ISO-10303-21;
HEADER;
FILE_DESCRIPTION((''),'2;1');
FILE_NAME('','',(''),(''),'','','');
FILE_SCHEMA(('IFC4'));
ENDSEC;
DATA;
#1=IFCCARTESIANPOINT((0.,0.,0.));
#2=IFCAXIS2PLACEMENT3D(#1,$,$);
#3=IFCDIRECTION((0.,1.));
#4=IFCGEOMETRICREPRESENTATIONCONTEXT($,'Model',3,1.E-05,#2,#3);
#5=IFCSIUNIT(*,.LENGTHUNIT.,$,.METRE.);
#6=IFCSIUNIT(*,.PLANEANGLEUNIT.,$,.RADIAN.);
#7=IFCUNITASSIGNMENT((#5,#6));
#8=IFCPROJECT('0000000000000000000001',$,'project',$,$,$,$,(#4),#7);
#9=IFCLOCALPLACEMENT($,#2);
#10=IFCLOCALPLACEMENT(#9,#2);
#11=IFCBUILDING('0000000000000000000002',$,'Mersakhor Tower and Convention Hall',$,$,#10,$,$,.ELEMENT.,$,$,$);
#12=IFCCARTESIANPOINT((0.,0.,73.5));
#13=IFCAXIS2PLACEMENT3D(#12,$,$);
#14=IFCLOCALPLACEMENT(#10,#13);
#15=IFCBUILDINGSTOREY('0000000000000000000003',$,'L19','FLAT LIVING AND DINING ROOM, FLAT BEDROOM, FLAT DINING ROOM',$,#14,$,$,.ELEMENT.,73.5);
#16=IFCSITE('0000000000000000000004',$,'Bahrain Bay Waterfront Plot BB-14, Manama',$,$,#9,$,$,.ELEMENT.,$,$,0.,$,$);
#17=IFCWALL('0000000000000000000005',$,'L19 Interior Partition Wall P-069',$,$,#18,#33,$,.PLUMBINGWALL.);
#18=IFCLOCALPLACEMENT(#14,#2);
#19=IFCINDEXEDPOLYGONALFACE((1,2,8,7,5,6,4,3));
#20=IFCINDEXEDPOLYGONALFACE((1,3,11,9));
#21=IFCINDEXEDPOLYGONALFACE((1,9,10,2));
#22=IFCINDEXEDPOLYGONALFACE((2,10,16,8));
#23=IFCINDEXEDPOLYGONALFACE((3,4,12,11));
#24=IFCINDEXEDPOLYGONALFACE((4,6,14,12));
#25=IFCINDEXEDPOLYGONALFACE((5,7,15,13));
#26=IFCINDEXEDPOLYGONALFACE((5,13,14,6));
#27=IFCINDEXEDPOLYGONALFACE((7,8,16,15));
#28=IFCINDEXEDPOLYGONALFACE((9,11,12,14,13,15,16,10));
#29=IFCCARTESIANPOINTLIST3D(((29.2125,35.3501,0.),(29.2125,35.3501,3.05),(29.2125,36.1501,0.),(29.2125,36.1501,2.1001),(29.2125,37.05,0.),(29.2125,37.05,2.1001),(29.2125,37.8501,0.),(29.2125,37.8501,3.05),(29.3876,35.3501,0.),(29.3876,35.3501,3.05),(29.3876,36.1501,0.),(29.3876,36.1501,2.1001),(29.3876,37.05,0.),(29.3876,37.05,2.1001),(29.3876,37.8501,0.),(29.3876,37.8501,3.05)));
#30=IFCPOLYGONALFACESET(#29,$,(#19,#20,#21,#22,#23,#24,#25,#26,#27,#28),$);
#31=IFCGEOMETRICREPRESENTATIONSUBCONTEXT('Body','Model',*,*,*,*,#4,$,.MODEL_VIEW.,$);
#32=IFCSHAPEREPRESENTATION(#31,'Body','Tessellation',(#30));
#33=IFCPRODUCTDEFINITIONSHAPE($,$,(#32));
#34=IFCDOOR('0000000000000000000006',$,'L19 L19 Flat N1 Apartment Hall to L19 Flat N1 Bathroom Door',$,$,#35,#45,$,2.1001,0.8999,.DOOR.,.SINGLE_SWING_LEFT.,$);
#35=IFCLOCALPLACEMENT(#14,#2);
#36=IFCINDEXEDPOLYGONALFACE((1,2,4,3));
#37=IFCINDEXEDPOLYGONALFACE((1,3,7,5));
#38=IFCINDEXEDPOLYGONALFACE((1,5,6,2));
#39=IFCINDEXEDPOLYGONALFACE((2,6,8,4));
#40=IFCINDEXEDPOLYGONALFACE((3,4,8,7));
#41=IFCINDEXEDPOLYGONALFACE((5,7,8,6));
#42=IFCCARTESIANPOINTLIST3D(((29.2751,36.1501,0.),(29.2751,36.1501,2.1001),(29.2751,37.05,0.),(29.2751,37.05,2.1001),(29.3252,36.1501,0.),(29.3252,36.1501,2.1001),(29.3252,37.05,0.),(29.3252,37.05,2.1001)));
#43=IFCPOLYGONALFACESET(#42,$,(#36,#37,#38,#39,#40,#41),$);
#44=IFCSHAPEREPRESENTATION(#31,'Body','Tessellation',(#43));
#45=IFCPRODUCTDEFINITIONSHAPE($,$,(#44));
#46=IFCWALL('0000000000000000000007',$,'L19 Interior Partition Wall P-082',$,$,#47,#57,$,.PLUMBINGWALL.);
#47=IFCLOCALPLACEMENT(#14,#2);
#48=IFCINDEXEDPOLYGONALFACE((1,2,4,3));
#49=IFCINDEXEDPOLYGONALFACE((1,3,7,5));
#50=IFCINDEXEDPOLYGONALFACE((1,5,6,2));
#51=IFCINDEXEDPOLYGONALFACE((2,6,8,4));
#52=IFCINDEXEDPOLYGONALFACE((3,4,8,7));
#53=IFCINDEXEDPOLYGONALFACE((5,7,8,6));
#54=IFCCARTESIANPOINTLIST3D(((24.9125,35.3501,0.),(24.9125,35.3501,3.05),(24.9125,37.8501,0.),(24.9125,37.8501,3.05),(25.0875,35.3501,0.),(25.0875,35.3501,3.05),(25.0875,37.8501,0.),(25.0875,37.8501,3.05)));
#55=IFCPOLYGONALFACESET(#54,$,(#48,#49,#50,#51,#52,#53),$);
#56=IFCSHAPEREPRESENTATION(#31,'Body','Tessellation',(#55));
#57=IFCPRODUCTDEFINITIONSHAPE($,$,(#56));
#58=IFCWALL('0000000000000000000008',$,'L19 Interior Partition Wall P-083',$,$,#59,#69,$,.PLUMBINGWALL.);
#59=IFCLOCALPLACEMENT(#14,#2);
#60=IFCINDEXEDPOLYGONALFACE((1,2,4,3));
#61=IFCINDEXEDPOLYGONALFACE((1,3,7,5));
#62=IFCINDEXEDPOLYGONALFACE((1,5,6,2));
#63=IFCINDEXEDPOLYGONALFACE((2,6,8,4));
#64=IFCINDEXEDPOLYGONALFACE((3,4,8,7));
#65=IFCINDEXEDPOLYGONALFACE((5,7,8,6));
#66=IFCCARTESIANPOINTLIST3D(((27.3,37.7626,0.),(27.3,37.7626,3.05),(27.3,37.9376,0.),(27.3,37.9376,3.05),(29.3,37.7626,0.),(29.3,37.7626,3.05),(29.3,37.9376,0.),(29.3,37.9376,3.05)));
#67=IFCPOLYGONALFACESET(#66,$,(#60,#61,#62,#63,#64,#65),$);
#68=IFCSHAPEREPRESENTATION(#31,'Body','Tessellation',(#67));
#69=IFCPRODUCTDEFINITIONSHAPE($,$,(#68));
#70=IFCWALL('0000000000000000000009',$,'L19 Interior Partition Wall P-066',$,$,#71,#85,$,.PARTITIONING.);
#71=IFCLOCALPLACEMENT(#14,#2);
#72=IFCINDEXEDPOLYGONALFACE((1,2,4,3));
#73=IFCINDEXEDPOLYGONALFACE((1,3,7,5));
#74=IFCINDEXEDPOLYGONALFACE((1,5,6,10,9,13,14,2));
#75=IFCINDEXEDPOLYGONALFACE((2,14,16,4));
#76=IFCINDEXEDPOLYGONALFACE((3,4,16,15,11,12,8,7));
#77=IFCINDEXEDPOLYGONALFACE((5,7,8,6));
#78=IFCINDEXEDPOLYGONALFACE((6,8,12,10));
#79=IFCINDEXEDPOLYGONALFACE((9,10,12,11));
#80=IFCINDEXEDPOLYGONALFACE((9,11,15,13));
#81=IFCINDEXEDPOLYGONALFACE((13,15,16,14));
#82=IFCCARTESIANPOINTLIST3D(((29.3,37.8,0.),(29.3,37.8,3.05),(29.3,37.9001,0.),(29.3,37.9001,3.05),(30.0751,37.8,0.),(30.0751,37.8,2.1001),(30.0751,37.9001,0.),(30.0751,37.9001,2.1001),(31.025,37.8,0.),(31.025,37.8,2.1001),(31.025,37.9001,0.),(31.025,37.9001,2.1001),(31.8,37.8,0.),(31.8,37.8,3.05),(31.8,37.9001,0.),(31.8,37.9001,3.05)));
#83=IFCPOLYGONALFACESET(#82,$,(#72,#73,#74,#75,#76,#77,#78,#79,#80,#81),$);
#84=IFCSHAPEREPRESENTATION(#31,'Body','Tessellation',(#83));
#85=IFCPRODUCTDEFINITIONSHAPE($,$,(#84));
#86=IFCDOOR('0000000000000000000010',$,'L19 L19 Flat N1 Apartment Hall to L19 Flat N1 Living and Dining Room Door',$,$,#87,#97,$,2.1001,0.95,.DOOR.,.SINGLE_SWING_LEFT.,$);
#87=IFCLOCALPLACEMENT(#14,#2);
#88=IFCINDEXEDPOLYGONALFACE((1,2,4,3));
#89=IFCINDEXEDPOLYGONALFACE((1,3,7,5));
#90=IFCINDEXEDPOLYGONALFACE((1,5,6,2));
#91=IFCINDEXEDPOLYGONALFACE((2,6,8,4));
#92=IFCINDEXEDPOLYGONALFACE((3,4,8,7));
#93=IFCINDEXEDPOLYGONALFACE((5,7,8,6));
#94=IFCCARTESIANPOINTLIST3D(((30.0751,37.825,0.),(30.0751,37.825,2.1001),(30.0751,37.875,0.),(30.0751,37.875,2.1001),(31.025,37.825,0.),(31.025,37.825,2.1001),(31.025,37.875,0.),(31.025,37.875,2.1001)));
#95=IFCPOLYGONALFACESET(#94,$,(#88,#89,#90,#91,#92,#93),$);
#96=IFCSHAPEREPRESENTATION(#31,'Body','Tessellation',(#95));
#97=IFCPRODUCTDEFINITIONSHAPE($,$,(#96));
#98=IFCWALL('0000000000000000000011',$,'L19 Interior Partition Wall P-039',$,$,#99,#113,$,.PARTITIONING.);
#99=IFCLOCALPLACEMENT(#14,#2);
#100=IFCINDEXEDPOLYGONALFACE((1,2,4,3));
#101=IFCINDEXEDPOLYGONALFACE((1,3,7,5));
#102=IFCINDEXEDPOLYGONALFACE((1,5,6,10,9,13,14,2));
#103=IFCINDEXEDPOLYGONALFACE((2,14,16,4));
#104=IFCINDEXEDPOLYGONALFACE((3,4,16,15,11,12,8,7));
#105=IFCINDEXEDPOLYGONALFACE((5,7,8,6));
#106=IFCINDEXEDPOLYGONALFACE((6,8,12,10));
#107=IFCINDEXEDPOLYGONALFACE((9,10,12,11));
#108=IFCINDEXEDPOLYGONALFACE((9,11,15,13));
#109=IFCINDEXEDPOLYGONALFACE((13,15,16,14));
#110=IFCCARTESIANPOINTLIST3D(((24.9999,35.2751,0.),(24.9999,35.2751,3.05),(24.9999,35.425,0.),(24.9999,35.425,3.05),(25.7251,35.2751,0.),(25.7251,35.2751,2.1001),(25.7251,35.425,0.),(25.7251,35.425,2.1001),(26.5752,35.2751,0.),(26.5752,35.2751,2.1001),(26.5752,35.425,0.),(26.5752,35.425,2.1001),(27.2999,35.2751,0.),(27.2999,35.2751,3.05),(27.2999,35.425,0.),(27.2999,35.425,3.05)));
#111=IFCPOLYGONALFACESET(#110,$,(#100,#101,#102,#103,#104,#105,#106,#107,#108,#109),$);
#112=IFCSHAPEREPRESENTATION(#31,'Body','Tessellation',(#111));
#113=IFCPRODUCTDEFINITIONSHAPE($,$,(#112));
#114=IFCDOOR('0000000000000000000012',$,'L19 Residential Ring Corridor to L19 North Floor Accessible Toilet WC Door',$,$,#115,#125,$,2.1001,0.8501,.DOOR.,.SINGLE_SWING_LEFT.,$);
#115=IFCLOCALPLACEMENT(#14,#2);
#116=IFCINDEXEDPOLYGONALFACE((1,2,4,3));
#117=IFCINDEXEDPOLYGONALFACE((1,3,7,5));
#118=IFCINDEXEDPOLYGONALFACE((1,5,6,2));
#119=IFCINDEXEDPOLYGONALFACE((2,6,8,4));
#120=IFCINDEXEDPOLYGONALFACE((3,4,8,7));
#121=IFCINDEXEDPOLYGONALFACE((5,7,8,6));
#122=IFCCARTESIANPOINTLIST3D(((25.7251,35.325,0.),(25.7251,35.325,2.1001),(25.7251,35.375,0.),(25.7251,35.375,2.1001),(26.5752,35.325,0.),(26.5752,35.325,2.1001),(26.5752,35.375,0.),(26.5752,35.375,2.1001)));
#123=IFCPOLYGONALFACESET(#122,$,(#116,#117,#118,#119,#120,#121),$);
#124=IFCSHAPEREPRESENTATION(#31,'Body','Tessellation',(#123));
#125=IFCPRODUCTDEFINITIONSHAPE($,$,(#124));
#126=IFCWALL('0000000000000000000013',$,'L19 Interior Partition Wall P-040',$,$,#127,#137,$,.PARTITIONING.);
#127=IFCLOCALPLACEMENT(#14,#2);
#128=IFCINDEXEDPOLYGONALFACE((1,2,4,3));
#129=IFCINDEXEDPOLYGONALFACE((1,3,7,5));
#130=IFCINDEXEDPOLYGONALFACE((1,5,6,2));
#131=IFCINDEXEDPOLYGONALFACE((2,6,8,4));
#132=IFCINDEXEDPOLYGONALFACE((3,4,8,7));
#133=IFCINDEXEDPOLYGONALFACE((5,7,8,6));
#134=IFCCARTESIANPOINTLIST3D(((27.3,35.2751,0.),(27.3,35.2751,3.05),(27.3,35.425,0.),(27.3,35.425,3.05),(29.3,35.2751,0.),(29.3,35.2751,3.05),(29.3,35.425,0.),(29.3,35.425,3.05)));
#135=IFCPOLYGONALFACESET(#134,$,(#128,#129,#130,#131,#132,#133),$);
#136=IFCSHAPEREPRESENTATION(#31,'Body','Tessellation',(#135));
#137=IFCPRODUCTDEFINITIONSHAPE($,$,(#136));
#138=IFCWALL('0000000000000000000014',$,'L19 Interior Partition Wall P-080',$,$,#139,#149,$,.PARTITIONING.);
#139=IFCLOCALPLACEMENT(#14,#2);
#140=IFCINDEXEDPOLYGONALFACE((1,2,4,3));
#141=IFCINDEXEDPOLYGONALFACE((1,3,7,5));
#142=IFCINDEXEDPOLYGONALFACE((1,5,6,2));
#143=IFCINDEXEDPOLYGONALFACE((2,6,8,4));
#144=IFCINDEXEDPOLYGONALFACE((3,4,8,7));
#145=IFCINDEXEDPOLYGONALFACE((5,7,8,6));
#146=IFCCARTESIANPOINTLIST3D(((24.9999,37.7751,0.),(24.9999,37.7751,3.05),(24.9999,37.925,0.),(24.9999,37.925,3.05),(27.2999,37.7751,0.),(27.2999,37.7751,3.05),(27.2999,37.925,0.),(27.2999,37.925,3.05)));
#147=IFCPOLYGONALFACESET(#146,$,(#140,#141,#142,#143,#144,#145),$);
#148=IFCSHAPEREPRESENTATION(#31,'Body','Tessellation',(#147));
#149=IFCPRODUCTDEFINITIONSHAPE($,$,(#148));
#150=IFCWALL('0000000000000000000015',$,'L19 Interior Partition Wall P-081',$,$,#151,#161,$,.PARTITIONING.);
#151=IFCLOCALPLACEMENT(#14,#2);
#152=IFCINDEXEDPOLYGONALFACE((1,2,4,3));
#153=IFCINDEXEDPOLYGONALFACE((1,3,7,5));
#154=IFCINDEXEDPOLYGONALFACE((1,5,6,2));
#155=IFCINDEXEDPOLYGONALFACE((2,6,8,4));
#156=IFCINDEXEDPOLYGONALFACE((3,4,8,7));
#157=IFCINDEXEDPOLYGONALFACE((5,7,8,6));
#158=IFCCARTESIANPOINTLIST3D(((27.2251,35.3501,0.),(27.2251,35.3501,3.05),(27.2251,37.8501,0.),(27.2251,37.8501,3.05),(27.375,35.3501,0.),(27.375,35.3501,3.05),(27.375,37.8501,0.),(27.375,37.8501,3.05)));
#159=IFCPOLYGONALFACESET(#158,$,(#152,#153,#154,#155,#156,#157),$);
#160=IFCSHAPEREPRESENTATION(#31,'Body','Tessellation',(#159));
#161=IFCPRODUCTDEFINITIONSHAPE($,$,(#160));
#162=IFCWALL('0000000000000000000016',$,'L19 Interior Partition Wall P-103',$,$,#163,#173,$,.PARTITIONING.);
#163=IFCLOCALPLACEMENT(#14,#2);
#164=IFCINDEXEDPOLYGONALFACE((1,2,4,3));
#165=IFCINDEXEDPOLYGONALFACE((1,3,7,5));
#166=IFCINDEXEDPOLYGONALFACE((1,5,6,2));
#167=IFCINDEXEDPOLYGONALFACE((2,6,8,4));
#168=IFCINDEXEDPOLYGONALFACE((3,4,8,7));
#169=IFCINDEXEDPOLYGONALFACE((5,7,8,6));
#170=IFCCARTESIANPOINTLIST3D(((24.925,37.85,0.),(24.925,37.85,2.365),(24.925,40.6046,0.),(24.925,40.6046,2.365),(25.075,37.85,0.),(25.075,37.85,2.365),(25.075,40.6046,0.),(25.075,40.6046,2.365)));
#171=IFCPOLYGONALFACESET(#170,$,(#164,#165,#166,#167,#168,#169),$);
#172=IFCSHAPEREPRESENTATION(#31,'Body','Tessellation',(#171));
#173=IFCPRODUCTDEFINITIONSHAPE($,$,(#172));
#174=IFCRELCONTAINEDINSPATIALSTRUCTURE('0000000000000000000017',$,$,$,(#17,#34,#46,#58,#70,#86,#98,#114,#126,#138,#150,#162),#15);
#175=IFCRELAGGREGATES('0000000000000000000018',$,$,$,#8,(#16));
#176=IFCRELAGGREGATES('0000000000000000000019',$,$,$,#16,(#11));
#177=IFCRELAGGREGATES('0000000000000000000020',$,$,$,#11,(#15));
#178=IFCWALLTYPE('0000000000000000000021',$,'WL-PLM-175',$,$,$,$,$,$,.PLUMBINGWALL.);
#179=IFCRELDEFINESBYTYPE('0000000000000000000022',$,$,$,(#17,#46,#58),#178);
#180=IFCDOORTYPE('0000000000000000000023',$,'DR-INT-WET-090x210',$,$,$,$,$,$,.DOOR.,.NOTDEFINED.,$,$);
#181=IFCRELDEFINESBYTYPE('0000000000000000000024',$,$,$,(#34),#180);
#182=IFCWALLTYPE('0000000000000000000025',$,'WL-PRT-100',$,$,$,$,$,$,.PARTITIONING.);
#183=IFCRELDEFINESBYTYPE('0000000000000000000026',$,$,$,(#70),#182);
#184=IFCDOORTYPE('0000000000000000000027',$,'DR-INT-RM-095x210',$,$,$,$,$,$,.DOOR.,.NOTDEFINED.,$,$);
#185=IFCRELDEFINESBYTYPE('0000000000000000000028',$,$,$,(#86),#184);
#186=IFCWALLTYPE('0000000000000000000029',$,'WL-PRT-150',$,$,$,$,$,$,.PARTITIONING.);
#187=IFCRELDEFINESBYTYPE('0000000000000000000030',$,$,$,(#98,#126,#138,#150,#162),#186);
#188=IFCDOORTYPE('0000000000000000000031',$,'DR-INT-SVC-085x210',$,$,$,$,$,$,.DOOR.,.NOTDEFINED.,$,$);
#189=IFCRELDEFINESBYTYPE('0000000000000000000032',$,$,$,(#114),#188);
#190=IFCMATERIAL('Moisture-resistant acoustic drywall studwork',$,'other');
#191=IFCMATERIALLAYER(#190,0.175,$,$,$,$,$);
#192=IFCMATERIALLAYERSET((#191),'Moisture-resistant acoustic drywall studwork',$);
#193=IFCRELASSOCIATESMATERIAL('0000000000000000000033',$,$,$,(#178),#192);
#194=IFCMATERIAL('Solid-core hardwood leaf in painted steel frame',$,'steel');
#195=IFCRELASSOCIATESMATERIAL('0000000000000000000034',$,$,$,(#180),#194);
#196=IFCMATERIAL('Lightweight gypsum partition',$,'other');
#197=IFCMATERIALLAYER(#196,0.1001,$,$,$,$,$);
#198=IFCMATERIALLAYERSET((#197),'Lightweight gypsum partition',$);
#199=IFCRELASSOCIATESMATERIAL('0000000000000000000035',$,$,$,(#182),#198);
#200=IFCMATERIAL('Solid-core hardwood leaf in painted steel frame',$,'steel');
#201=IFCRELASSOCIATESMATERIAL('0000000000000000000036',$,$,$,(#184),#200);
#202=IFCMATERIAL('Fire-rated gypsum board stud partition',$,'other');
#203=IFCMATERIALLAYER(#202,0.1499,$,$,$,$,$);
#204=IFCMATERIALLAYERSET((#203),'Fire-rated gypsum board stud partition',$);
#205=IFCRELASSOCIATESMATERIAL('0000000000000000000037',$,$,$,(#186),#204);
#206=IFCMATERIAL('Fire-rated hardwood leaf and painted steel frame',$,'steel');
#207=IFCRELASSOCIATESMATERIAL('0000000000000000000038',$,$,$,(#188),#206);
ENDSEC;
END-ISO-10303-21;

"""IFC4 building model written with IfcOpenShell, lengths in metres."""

from ifc_helpers import new_model, si_unit, direction, frame, frame_2d, origin, place, context, subcontext, project, spatial, rectangle, extrude, material, layer, layer_set, type_object, element, fill, save


model = new_model("IFC4")

# Units and contexts
model_context = context("Model", 3, precision=1e-05, world=origin(), true_north=direction((0.0, 1.0)))
body_context = subcontext(model_context, "Body", "Model", "MODEL_VIEW")
ifc_project = project(units=[si_unit("LENGTHUNIT", "METRE"), si_unit("PLANEANGLEUNIT", "RADIAN")], contexts=[model_context])

# Site, building, storey
site_placement = place(None, origin())
site = spatial("IfcSite", under=ifc_project, at=site_placement, Name="Bahrain Bay Waterfront Plot BB-14, Manama", CompositionType="ELEMENT", RefElevation=0.0)
building_placement = place(site_placement, origin())
building = spatial("IfcBuilding", under=site, at=building_placement, Name="Mersakhor Tower and Convention Hall", CompositionType="ELEMENT")
storey_placement = place(building_placement, frame((0.0, 0.0, 73.5)))
storey = spatial("IfcBuildingStorey", under=building, at=storey_placement, Name="L19", Description="FLAT LIVING AND DINING ROOM, FLAT BEDROOM, FLAT DINING ROOM", CompositionType="ELEMENT", Elevation=73.5)

# Wall, opening, door
ifc_material_1 = material(Name="Moisture-resistant acoustic drywall studwork", Category="other")
ifc_layer_1 = layer(ifc_material_1, 0.175)
ifc_layer_set_1 = layer_set([ifc_layer_1], Name="Moisture-resistant acoustic drywall studwork")
wall_type_1 = type_object("IfcWallType", Name="WL-PLM-175", PredefinedType="PLUMBINGWALL", material=ifc_layer_set_1)
wall_1_placement = place(storey_placement, frame((29.3, 35.3501, 0.0), z_axis=(0.0, 0.0, 1.0), x_axis=(0.0, 1.0, 0.0)))
wall_1 = element("IfcWall", 1, at=wall_1_placement, inside=storey, type_object=wall_type_1, Name="L19 Interior Partition Wall P-069", PredefinedType="PLUMBINGWALL", context=body_context, shape_type="SweptSolid", body=[
    extrude(rectangle(XDim=2.5, YDim=0.175, at=frame_2d((1.25, 0.0))), origin(), (0.0, 0.0, 1.0), 3.05),
])
opening_1_placement = place(wall_1_placement, frame((0.8, 0.0, 0.0)))
opening_1 = element("IfcOpeningElement", 2, at=opening_1_placement, cuts=wall_1, PredefinedType="OPENING", context=body_context, shape_type="SweptSolid", body=[
    extrude(rectangle(XDim=0.8999, YDim=2.1001, at=frame_2d((0.45, 1.05))), frame((0.0, 0.0974, 0.0), z_axis=(0.0, -1.0, 0.0), x_axis=(1.0, 0.0, 0.0)), (0.0, 0.0, 1.0), 0.1951),
])
ifc_material_2 = material(Name="Solid-core hardwood leaf in painted steel frame", Category="steel")
door_type_1 = type_object("IfcDoorType", Name="DR-INT-WET-090x210", OperationType="NOTDEFINED", PredefinedType="DOOR", material=ifc_material_2)
door_1_placement = place(opening_1_placement, origin())
door_1 = element("IfcDoor", 3, at=door_1_placement, inside=storey, type_object=door_type_1, Name="L19 L19 Flat N1 Apartment Hall to L19 Flat N1 Bathroom Door", OperationType="SINGLE_SWING_LEFT", OverallHeight=2.1001, OverallWidth=0.8999, PredefinedType="DOOR", context=body_context, shape_type="SweptSolid", body=[
    extrude(rectangle(XDim=0.8999, YDim=2.1001, at=frame_2d((0.45, 1.05))), frame((0.0, 0.0249, 0.0), z_axis=(0.0, -1.0, 0.0), x_axis=(1.0, 0.0, 0.0)), (0.0, 0.0, 1.0), 0.05),
])
fill(opening_1, door_1)

# Walls
wall_2_placement = place(storey_placement, frame((25.0, 35.3501, 0.0), z_axis=(0.0, 0.0, 1.0), x_axis=(0.0, 1.0, 0.0)))
element("IfcWall", 4, at=wall_2_placement, inside=storey, type_object=wall_type_1, Name="L19 Interior Partition Wall P-082", PredefinedType="PLUMBINGWALL", context=body_context, shape_type="SweptSolid", body=[
    extrude(rectangle(XDim=2.5, YDim=0.175, at=frame_2d((1.25, 0.0))), origin(), (0.0, 0.0, 1.0), 3.05),
])
wall_3_placement = place(storey_placement, frame((27.3, 37.8501, 0.0), z_axis=(0.0, 0.0, 1.0), x_axis=(1.0, 0.0, 0.0)))
element("IfcWall", 5, at=wall_3_placement, inside=storey, type_object=wall_type_1, Name="L19 Interior Partition Wall P-083", PredefinedType="PLUMBINGWALL", context=body_context, shape_type="SweptSolid", body=[
    extrude(rectangle(XDim=2.0, YDim=0.175, at=frame_2d((1.0, 0.0))), origin(), (0.0, 0.0, 1.0), 3.05),
])

# Walls, openings, doors
ifc_material_3 = material(Name="Lightweight gypsum partition", Category="other")
ifc_layer_2 = layer(ifc_material_3, 0.1001)
ifc_layer_set_2 = layer_set([ifc_layer_2], Name="Lightweight gypsum partition")
wall_type_2 = type_object("IfcWallType", Name="WL-PRT-100", PredefinedType="PARTITIONING", material=ifc_layer_set_2)
wall_4_placement = place(storey_placement, frame((29.3, 37.8501, 0.0), z_axis=(0.0, 0.0, 1.0), x_axis=(1.0, 0.0, 0.0)))
wall_4 = element("IfcWall", 6, at=wall_4_placement, inside=storey, type_object=wall_type_2, Name="L19 Interior Partition Wall P-066", PredefinedType="PARTITIONING", context=body_context, shape_type="SweptSolid", body=[
    extrude(rectangle(XDim=2.5, YDim=0.1001, at=frame_2d((1.25, 0.0))), origin(), (0.0, 0.0, 1.0), 3.05),
])
opening_2_placement = place(wall_4_placement, frame((0.7749, 0.0, 0.0)))
opening_2 = element("IfcOpeningElement", 7, at=opening_2_placement, cuts=wall_4, PredefinedType="OPENING", context=body_context, shape_type="SweptSolid", body=[
    extrude(rectangle(XDim=0.95, YDim=2.1001, at=frame_2d((0.4751, 1.05))), frame((0.0, 0.0601, 0.0), z_axis=(0.0, -1.0, 0.0), x_axis=(1.0, 0.0, 0.0)), (0.0, 0.0, 1.0), 0.1201),
])
ifc_material_4 = material(Name="Solid-core hardwood leaf in painted steel frame", Category="steel")
door_type_2 = type_object("IfcDoorType", Name="DR-INT-RM-095x210", OperationType="NOTDEFINED", PredefinedType="DOOR", material=ifc_material_4)
door_2_placement = place(opening_2_placement, origin())
door_2 = element("IfcDoor", 8, at=door_2_placement, inside=storey, type_object=door_type_2, Name="L19 L19 Flat N1 Apartment Hall to L19 Flat N1 Living and Dining Room Door", OperationType="SINGLE_SWING_LEFT", OverallHeight=2.1001, OverallWidth=0.95, PredefinedType="DOOR", context=body_context, shape_type="SweptSolid", body=[
    extrude(rectangle(XDim=0.95, YDim=2.1001, at=frame_2d((0.4751, 1.05))), frame((0.0, 0.0249, 0.0), z_axis=(0.0, -1.0, 0.0), x_axis=(1.0, 0.0, 0.0)), (0.0, 0.0, 1.0), 0.05),
])
fill(opening_2, door_2)
ifc_material_5 = material(Name="Fire-rated gypsum board stud partition", Category="other")
ifc_layer_3 = layer(ifc_material_5, 0.1499)
ifc_layer_set_3 = layer_set([ifc_layer_3], Name="Fire-rated gypsum board stud partition")
wall_type_3 = type_object("IfcWallType", Name="WL-PRT-150", PredefinedType="PARTITIONING", material=ifc_layer_set_3)
wall_5_placement = place(storey_placement, frame((25.0, 35.3501, 0.0), z_axis=(0.0, 0.0, 1.0), x_axis=(1.0, 0.0, 0.0)))
wall_5 = element("IfcWall", 9, at=wall_5_placement, inside=storey, type_object=wall_type_3, Name="L19 Interior Partition Wall P-039", PredefinedType="PARTITIONING", context=body_context, shape_type="SweptSolid", body=[
    extrude(rectangle(XDim=2.3, YDim=0.1499, at=frame_2d((1.1499, 0.0))), origin(), (0.0, 0.0, 1.0), 3.05),
])
opening_3_placement = place(wall_5_placement, frame((0.7251, 0.0, 0.0)))
opening_3 = element("IfcOpeningElement", 10, at=opening_3_placement, cuts=wall_5, PredefinedType="OPENING", context=body_context, shape_type="SweptSolid", body=[
    extrude(rectangle(XDim=0.8501, YDim=2.1001, at=frame_2d((0.425, 1.05))), frame((0.0, 0.085, 0.0), z_axis=(0.0, -1.0, 0.0), x_axis=(1.0, 0.0, 0.0)), (0.0, 0.0, 1.0), 0.1699),
])
ifc_material_6 = material(Name="Fire-rated hardwood leaf and painted steel frame", Category="steel")
door_type_3 = type_object("IfcDoorType", Name="DR-INT-SVC-085x210", OperationType="NOTDEFINED", PredefinedType="DOOR", material=ifc_material_6)
door_3_placement = place(opening_3_placement, origin())
door_3 = element("IfcDoor", 11, at=door_3_placement, inside=storey, type_object=door_type_3, Name="L19 Residential Ring Corridor to L19 North Floor Accessible Toilet WC Door", OperationType="SINGLE_SWING_LEFT", OverallHeight=2.1001, OverallWidth=0.8501, PredefinedType="DOOR", context=body_context, shape_type="SweptSolid", body=[
    extrude(rectangle(XDim=0.8501, YDim=2.1001, at=frame_2d((0.425, 1.05))), frame((0.0, 0.0249, 0.0), z_axis=(0.0, -1.0, 0.0), x_axis=(1.0, 0.0, 0.0)), (0.0, 0.0, 1.0), 0.05),
])
fill(opening_3, door_3)

# Wall
wall_6_placement = place(storey_placement, frame((27.3, 35.3501, 0.0), z_axis=(0.0, 0.0, 1.0), x_axis=(1.0, 0.0, 0.0)))
element("IfcWall", 12, at=wall_6_placement, inside=storey, type_object=wall_type_3, Name="L19 Interior Partition Wall P-040", PredefinedType="PARTITIONING", context=body_context, shape_type="SweptSolid", body=[
    extrude(rectangle(XDim=2.0, YDim=0.1499, at=frame_2d((1.0, 0.0))), origin(), (0.0, 0.0, 1.0), 3.05),
])

# Walls
wall_7_placement = place(storey_placement, frame((25.0, 37.8501, 0.0), z_axis=(0.0, 0.0, 1.0), x_axis=(1.0, 0.0, 0.0)))
element("IfcWall", 13, at=wall_7_placement, inside=storey, type_object=wall_type_3, Name="L19 Interior Partition Wall P-080", PredefinedType="PARTITIONING", context=body_context, shape_type="SweptSolid", body=[
    extrude(rectangle(XDim=2.3, YDim=0.1499, at=frame_2d((1.1499, 0.0))), origin(), (0.0, 0.0, 1.0), 3.05),
])
wall_8_placement = place(storey_placement, frame((27.3, 37.8501, 0.0), z_axis=(0.0, 0.0, 1.0), x_axis=(0.0, -1.0, 0.0)))
element("IfcWall", 14, at=wall_8_placement, inside=storey, type_object=wall_type_3, Name="L19 Interior Partition Wall P-081", PredefinedType="PARTITIONING", context=body_context, shape_type="SweptSolid", body=[
    extrude(rectangle(XDim=2.5, YDim=0.1499, at=frame_2d((1.25, 0.0))), origin(), (0.0, 0.0, 1.0), 3.05),
])
wall_9_placement = place(storey_placement, frame((25.0, 40.6047, 0.0), z_axis=(0.0, 0.0, 1.0), x_axis=(0.0, -1.0, 0.0)))
element("IfcWall", 15, at=wall_9_placement, inside=storey, type_object=wall_type_3, Name="L19 Interior Partition Wall P-103", PredefinedType="PARTITIONING", context=body_context, shape_type="SweptSolid", body=[
    extrude(rectangle(XDim=2.7546, YDim=0.1499, at=frame_2d((1.3774, 0.0))), origin(), (0.0, 0.0, 1.0), 2.365),
])

save(model, "model.ifc")
